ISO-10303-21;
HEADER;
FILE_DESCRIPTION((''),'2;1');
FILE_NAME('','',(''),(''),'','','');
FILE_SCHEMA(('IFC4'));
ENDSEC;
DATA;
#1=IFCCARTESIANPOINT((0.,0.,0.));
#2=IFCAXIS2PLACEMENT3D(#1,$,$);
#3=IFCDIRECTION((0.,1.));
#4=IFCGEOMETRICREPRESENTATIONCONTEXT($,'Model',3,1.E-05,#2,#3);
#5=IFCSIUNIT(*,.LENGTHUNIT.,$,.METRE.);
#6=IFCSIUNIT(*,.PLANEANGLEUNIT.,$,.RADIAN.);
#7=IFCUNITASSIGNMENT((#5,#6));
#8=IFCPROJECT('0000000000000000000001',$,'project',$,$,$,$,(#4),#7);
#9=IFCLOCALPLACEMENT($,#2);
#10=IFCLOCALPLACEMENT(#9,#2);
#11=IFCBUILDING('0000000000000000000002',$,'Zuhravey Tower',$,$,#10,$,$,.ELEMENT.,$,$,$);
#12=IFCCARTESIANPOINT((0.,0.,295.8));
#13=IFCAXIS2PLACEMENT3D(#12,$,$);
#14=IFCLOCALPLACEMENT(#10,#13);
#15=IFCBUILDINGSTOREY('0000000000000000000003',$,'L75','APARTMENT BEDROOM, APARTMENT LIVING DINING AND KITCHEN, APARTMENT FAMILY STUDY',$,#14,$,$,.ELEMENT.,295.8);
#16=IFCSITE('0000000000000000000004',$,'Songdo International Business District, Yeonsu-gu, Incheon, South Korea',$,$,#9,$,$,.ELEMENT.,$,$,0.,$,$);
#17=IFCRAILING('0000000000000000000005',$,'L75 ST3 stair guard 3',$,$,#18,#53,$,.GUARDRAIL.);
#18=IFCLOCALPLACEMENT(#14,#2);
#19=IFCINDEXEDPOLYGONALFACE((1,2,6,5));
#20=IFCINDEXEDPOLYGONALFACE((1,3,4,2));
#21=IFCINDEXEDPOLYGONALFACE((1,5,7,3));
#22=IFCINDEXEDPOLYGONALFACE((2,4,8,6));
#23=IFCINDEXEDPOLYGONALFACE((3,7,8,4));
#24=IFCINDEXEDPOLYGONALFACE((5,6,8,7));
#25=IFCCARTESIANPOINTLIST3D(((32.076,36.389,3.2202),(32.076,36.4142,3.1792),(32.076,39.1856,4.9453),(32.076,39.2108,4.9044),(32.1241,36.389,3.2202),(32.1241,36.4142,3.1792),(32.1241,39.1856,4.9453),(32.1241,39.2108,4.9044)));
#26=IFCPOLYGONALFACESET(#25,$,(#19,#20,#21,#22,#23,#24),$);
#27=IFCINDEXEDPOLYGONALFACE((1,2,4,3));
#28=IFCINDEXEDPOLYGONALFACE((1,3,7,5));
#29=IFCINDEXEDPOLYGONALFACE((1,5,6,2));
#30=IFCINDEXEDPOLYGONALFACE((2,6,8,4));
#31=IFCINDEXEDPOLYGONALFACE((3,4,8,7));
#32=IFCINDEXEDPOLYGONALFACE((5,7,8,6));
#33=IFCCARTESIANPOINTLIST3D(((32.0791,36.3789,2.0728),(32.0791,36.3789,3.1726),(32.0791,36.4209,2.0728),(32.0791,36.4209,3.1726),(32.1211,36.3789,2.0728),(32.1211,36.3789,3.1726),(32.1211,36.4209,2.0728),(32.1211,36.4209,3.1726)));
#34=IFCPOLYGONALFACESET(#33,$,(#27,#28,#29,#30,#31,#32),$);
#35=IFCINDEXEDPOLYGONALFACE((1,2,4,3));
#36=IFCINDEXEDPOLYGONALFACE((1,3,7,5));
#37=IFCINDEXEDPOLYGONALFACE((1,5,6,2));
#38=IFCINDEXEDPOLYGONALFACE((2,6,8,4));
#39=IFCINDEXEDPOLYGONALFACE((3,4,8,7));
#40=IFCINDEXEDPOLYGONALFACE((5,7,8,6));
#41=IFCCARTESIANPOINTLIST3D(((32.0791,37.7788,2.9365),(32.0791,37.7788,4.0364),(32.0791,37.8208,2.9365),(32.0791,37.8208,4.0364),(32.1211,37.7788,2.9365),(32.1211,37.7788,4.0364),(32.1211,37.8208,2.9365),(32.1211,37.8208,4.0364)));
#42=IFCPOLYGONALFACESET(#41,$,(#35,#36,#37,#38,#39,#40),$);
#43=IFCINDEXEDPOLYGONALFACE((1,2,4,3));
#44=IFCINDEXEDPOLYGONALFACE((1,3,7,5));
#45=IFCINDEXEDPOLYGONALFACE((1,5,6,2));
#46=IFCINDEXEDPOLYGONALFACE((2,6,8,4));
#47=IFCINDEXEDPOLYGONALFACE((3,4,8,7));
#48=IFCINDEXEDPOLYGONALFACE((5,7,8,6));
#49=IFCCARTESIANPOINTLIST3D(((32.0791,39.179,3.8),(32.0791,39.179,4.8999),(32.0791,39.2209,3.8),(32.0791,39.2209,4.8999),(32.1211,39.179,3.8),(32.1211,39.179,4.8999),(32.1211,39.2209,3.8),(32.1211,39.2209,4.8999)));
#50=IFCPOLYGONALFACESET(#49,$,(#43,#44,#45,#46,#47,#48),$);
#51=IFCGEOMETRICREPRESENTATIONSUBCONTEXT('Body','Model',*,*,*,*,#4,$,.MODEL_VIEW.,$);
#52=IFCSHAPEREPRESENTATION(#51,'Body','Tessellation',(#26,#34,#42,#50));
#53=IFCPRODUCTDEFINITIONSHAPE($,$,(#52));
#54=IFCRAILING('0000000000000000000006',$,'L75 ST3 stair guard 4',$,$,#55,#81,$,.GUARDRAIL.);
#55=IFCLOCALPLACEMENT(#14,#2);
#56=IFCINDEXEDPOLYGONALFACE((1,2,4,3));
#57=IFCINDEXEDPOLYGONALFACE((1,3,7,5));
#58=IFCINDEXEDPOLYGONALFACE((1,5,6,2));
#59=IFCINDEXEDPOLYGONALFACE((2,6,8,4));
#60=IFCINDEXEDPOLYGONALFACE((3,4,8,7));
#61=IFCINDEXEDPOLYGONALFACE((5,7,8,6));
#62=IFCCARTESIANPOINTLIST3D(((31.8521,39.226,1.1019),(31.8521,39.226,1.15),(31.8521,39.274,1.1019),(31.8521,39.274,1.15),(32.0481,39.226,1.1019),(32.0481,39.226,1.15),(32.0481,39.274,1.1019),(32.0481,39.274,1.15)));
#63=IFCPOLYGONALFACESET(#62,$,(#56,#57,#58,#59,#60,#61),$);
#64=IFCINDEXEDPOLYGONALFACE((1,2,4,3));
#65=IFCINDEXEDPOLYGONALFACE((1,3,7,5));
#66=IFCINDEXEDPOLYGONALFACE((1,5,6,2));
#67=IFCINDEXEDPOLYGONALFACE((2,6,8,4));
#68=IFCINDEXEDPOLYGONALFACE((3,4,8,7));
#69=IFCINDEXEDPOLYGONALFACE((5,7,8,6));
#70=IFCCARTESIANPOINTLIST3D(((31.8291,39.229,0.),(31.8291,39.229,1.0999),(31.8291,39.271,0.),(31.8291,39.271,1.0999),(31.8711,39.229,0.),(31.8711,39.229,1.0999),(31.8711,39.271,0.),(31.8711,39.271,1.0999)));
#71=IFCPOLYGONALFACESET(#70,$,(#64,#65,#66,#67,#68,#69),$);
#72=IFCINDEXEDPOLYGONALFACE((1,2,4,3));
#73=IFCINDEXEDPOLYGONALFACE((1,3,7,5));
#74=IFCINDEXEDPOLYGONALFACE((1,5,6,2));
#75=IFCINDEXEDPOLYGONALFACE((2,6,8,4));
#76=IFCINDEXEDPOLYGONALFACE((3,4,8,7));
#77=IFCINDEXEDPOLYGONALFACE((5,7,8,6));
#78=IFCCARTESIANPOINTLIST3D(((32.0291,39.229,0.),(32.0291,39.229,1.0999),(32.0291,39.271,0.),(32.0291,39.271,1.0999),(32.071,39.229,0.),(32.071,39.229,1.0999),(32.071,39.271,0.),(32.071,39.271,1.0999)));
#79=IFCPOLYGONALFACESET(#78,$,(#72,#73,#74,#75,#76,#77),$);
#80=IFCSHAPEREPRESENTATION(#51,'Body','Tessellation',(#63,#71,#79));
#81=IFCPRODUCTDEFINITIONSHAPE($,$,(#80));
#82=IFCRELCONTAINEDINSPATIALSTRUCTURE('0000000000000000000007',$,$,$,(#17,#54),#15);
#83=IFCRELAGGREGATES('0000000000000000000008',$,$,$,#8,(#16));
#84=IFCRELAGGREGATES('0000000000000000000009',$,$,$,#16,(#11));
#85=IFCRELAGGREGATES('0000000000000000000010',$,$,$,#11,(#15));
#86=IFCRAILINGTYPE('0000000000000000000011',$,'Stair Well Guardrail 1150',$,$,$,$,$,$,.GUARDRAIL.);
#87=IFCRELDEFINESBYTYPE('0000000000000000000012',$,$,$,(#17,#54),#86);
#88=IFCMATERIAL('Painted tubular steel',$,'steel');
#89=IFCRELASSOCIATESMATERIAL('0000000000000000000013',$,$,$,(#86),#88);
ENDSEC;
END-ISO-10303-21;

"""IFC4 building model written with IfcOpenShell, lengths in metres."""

from ifc_helpers import new_model, si_unit, direction, frame, origin, origin_2d, place, context, subcontext, project, spatial, rectangle, extrude, material, type_object, element, save


model = new_model("IFC4")

# Units and contexts
model_context = context("Model", 3, precision=1e-05, world=origin(), true_north=direction((0.0, 1.0)))
body_context = subcontext(model_context, "Body", "Model", "MODEL_VIEW")
ifc_project = project(units=[si_unit("LENGTHUNIT", "METRE"), si_unit("PLANEANGLEUNIT", "RADIAN")], contexts=[model_context])

# Site, building, storey
site_placement = place(None, origin())
site = spatial("IfcSite", under=ifc_project, at=site_placement, Name="Songdo International Business District, Yeonsu-gu, Incheon, South Korea", CompositionType="ELEMENT", RefElevation=0.0)
building_placement = place(site_placement, origin())
building = spatial("IfcBuilding", under=site, at=building_placement, Name="Zuhravey Tower", CompositionType="ELEMENT")
storey_placement = place(building_placement, frame((0.0, 0.0, 295.8)))
storey = spatial("IfcBuildingStorey", under=building, at=storey_placement, Name="L75", Description="APARTMENT BEDROOM, APARTMENT LIVING DINING AND KITCHEN, APARTMENT FAMILY STUDY", CompositionType="ELEMENT", Elevation=295.8)

# Railings
ifc_material_1 = material(Name="Painted tubular steel", Category="steel")
railing_type_1 = type_object("IfcRailingType", Name="Stair Well Guardrail 1150", PredefinedType="GUARDRAIL", material=ifc_material_1)
railing_1_placement = place(storey_placement, frame((32.1001, 36.3999, 2.0728)))
element("IfcRailing", 1, at=railing_1_placement, inside=storey, type_object=railing_type_1, Name="L75 ST3 stair guard 3", PredefinedType="GUARDRAIL", context=body_context, shape_type="SweptSolid", body=[
    extrude(rectangle(XDim=0.0481, YDim=0.0481, at=origin_2d()), frame((0.0, 0.0017, 1.127), z_axis=(0.0, 0.85109, 0.52502), x_axis=(-1.0, 0.0, 0.0)), (0.0, 0.0, 1.0), 3.2859),
    extrude(rectangle(XDim=0.042, YDim=0.042, at=origin_2d()), origin(), (0.0, 0.0, 1.0), 1.0999),
    extrude(rectangle(XDim=0.042, YDim=0.042, at=origin_2d()), frame((0.0, 1.3999, 0.8638)), (0.0, 0.0, 1.0), 1.0999),
    extrude(rectangle(XDim=0.042, YDim=0.042, at=origin_2d()), frame((0.0, 2.8, 1.7273)), (0.0, 0.0, 1.0), 1.0999),
])
railing_2_placement = place(storey_placement, frame((31.8501, 39.25, 0.0)))
element("IfcRailing", 2, at=railing_2_placement, inside=storey, type_object=railing_type_1, Name="L75 ST3 stair guard 4", PredefinedType="GUARDRAIL", context=body_context, shape_type="SweptSolid", body=[
    extrude(rectangle(XDim=0.0481, YDim=0.0481, at=origin_2d()), frame((0.002, 0.0, 1.126), z_axis=(1.0, 0.0, 0.0), x_axis=(0.0, 1.0, 0.0)), (0.0, 0.0, 1.0), 0.196),
    extrude(rectangle(XDim=0.042, YDim=0.042, at=origin_2d()), origin(), (0.0, 0.0, 1.0), 1.0999),
    extrude(rectangle(XDim=0.042, YDim=0.042, at=origin_2d()), frame((0.2, 0.0, 0.0)), (0.0, 0.0, 1.0), 1.0999),
])

save(model, "model.ifc")
